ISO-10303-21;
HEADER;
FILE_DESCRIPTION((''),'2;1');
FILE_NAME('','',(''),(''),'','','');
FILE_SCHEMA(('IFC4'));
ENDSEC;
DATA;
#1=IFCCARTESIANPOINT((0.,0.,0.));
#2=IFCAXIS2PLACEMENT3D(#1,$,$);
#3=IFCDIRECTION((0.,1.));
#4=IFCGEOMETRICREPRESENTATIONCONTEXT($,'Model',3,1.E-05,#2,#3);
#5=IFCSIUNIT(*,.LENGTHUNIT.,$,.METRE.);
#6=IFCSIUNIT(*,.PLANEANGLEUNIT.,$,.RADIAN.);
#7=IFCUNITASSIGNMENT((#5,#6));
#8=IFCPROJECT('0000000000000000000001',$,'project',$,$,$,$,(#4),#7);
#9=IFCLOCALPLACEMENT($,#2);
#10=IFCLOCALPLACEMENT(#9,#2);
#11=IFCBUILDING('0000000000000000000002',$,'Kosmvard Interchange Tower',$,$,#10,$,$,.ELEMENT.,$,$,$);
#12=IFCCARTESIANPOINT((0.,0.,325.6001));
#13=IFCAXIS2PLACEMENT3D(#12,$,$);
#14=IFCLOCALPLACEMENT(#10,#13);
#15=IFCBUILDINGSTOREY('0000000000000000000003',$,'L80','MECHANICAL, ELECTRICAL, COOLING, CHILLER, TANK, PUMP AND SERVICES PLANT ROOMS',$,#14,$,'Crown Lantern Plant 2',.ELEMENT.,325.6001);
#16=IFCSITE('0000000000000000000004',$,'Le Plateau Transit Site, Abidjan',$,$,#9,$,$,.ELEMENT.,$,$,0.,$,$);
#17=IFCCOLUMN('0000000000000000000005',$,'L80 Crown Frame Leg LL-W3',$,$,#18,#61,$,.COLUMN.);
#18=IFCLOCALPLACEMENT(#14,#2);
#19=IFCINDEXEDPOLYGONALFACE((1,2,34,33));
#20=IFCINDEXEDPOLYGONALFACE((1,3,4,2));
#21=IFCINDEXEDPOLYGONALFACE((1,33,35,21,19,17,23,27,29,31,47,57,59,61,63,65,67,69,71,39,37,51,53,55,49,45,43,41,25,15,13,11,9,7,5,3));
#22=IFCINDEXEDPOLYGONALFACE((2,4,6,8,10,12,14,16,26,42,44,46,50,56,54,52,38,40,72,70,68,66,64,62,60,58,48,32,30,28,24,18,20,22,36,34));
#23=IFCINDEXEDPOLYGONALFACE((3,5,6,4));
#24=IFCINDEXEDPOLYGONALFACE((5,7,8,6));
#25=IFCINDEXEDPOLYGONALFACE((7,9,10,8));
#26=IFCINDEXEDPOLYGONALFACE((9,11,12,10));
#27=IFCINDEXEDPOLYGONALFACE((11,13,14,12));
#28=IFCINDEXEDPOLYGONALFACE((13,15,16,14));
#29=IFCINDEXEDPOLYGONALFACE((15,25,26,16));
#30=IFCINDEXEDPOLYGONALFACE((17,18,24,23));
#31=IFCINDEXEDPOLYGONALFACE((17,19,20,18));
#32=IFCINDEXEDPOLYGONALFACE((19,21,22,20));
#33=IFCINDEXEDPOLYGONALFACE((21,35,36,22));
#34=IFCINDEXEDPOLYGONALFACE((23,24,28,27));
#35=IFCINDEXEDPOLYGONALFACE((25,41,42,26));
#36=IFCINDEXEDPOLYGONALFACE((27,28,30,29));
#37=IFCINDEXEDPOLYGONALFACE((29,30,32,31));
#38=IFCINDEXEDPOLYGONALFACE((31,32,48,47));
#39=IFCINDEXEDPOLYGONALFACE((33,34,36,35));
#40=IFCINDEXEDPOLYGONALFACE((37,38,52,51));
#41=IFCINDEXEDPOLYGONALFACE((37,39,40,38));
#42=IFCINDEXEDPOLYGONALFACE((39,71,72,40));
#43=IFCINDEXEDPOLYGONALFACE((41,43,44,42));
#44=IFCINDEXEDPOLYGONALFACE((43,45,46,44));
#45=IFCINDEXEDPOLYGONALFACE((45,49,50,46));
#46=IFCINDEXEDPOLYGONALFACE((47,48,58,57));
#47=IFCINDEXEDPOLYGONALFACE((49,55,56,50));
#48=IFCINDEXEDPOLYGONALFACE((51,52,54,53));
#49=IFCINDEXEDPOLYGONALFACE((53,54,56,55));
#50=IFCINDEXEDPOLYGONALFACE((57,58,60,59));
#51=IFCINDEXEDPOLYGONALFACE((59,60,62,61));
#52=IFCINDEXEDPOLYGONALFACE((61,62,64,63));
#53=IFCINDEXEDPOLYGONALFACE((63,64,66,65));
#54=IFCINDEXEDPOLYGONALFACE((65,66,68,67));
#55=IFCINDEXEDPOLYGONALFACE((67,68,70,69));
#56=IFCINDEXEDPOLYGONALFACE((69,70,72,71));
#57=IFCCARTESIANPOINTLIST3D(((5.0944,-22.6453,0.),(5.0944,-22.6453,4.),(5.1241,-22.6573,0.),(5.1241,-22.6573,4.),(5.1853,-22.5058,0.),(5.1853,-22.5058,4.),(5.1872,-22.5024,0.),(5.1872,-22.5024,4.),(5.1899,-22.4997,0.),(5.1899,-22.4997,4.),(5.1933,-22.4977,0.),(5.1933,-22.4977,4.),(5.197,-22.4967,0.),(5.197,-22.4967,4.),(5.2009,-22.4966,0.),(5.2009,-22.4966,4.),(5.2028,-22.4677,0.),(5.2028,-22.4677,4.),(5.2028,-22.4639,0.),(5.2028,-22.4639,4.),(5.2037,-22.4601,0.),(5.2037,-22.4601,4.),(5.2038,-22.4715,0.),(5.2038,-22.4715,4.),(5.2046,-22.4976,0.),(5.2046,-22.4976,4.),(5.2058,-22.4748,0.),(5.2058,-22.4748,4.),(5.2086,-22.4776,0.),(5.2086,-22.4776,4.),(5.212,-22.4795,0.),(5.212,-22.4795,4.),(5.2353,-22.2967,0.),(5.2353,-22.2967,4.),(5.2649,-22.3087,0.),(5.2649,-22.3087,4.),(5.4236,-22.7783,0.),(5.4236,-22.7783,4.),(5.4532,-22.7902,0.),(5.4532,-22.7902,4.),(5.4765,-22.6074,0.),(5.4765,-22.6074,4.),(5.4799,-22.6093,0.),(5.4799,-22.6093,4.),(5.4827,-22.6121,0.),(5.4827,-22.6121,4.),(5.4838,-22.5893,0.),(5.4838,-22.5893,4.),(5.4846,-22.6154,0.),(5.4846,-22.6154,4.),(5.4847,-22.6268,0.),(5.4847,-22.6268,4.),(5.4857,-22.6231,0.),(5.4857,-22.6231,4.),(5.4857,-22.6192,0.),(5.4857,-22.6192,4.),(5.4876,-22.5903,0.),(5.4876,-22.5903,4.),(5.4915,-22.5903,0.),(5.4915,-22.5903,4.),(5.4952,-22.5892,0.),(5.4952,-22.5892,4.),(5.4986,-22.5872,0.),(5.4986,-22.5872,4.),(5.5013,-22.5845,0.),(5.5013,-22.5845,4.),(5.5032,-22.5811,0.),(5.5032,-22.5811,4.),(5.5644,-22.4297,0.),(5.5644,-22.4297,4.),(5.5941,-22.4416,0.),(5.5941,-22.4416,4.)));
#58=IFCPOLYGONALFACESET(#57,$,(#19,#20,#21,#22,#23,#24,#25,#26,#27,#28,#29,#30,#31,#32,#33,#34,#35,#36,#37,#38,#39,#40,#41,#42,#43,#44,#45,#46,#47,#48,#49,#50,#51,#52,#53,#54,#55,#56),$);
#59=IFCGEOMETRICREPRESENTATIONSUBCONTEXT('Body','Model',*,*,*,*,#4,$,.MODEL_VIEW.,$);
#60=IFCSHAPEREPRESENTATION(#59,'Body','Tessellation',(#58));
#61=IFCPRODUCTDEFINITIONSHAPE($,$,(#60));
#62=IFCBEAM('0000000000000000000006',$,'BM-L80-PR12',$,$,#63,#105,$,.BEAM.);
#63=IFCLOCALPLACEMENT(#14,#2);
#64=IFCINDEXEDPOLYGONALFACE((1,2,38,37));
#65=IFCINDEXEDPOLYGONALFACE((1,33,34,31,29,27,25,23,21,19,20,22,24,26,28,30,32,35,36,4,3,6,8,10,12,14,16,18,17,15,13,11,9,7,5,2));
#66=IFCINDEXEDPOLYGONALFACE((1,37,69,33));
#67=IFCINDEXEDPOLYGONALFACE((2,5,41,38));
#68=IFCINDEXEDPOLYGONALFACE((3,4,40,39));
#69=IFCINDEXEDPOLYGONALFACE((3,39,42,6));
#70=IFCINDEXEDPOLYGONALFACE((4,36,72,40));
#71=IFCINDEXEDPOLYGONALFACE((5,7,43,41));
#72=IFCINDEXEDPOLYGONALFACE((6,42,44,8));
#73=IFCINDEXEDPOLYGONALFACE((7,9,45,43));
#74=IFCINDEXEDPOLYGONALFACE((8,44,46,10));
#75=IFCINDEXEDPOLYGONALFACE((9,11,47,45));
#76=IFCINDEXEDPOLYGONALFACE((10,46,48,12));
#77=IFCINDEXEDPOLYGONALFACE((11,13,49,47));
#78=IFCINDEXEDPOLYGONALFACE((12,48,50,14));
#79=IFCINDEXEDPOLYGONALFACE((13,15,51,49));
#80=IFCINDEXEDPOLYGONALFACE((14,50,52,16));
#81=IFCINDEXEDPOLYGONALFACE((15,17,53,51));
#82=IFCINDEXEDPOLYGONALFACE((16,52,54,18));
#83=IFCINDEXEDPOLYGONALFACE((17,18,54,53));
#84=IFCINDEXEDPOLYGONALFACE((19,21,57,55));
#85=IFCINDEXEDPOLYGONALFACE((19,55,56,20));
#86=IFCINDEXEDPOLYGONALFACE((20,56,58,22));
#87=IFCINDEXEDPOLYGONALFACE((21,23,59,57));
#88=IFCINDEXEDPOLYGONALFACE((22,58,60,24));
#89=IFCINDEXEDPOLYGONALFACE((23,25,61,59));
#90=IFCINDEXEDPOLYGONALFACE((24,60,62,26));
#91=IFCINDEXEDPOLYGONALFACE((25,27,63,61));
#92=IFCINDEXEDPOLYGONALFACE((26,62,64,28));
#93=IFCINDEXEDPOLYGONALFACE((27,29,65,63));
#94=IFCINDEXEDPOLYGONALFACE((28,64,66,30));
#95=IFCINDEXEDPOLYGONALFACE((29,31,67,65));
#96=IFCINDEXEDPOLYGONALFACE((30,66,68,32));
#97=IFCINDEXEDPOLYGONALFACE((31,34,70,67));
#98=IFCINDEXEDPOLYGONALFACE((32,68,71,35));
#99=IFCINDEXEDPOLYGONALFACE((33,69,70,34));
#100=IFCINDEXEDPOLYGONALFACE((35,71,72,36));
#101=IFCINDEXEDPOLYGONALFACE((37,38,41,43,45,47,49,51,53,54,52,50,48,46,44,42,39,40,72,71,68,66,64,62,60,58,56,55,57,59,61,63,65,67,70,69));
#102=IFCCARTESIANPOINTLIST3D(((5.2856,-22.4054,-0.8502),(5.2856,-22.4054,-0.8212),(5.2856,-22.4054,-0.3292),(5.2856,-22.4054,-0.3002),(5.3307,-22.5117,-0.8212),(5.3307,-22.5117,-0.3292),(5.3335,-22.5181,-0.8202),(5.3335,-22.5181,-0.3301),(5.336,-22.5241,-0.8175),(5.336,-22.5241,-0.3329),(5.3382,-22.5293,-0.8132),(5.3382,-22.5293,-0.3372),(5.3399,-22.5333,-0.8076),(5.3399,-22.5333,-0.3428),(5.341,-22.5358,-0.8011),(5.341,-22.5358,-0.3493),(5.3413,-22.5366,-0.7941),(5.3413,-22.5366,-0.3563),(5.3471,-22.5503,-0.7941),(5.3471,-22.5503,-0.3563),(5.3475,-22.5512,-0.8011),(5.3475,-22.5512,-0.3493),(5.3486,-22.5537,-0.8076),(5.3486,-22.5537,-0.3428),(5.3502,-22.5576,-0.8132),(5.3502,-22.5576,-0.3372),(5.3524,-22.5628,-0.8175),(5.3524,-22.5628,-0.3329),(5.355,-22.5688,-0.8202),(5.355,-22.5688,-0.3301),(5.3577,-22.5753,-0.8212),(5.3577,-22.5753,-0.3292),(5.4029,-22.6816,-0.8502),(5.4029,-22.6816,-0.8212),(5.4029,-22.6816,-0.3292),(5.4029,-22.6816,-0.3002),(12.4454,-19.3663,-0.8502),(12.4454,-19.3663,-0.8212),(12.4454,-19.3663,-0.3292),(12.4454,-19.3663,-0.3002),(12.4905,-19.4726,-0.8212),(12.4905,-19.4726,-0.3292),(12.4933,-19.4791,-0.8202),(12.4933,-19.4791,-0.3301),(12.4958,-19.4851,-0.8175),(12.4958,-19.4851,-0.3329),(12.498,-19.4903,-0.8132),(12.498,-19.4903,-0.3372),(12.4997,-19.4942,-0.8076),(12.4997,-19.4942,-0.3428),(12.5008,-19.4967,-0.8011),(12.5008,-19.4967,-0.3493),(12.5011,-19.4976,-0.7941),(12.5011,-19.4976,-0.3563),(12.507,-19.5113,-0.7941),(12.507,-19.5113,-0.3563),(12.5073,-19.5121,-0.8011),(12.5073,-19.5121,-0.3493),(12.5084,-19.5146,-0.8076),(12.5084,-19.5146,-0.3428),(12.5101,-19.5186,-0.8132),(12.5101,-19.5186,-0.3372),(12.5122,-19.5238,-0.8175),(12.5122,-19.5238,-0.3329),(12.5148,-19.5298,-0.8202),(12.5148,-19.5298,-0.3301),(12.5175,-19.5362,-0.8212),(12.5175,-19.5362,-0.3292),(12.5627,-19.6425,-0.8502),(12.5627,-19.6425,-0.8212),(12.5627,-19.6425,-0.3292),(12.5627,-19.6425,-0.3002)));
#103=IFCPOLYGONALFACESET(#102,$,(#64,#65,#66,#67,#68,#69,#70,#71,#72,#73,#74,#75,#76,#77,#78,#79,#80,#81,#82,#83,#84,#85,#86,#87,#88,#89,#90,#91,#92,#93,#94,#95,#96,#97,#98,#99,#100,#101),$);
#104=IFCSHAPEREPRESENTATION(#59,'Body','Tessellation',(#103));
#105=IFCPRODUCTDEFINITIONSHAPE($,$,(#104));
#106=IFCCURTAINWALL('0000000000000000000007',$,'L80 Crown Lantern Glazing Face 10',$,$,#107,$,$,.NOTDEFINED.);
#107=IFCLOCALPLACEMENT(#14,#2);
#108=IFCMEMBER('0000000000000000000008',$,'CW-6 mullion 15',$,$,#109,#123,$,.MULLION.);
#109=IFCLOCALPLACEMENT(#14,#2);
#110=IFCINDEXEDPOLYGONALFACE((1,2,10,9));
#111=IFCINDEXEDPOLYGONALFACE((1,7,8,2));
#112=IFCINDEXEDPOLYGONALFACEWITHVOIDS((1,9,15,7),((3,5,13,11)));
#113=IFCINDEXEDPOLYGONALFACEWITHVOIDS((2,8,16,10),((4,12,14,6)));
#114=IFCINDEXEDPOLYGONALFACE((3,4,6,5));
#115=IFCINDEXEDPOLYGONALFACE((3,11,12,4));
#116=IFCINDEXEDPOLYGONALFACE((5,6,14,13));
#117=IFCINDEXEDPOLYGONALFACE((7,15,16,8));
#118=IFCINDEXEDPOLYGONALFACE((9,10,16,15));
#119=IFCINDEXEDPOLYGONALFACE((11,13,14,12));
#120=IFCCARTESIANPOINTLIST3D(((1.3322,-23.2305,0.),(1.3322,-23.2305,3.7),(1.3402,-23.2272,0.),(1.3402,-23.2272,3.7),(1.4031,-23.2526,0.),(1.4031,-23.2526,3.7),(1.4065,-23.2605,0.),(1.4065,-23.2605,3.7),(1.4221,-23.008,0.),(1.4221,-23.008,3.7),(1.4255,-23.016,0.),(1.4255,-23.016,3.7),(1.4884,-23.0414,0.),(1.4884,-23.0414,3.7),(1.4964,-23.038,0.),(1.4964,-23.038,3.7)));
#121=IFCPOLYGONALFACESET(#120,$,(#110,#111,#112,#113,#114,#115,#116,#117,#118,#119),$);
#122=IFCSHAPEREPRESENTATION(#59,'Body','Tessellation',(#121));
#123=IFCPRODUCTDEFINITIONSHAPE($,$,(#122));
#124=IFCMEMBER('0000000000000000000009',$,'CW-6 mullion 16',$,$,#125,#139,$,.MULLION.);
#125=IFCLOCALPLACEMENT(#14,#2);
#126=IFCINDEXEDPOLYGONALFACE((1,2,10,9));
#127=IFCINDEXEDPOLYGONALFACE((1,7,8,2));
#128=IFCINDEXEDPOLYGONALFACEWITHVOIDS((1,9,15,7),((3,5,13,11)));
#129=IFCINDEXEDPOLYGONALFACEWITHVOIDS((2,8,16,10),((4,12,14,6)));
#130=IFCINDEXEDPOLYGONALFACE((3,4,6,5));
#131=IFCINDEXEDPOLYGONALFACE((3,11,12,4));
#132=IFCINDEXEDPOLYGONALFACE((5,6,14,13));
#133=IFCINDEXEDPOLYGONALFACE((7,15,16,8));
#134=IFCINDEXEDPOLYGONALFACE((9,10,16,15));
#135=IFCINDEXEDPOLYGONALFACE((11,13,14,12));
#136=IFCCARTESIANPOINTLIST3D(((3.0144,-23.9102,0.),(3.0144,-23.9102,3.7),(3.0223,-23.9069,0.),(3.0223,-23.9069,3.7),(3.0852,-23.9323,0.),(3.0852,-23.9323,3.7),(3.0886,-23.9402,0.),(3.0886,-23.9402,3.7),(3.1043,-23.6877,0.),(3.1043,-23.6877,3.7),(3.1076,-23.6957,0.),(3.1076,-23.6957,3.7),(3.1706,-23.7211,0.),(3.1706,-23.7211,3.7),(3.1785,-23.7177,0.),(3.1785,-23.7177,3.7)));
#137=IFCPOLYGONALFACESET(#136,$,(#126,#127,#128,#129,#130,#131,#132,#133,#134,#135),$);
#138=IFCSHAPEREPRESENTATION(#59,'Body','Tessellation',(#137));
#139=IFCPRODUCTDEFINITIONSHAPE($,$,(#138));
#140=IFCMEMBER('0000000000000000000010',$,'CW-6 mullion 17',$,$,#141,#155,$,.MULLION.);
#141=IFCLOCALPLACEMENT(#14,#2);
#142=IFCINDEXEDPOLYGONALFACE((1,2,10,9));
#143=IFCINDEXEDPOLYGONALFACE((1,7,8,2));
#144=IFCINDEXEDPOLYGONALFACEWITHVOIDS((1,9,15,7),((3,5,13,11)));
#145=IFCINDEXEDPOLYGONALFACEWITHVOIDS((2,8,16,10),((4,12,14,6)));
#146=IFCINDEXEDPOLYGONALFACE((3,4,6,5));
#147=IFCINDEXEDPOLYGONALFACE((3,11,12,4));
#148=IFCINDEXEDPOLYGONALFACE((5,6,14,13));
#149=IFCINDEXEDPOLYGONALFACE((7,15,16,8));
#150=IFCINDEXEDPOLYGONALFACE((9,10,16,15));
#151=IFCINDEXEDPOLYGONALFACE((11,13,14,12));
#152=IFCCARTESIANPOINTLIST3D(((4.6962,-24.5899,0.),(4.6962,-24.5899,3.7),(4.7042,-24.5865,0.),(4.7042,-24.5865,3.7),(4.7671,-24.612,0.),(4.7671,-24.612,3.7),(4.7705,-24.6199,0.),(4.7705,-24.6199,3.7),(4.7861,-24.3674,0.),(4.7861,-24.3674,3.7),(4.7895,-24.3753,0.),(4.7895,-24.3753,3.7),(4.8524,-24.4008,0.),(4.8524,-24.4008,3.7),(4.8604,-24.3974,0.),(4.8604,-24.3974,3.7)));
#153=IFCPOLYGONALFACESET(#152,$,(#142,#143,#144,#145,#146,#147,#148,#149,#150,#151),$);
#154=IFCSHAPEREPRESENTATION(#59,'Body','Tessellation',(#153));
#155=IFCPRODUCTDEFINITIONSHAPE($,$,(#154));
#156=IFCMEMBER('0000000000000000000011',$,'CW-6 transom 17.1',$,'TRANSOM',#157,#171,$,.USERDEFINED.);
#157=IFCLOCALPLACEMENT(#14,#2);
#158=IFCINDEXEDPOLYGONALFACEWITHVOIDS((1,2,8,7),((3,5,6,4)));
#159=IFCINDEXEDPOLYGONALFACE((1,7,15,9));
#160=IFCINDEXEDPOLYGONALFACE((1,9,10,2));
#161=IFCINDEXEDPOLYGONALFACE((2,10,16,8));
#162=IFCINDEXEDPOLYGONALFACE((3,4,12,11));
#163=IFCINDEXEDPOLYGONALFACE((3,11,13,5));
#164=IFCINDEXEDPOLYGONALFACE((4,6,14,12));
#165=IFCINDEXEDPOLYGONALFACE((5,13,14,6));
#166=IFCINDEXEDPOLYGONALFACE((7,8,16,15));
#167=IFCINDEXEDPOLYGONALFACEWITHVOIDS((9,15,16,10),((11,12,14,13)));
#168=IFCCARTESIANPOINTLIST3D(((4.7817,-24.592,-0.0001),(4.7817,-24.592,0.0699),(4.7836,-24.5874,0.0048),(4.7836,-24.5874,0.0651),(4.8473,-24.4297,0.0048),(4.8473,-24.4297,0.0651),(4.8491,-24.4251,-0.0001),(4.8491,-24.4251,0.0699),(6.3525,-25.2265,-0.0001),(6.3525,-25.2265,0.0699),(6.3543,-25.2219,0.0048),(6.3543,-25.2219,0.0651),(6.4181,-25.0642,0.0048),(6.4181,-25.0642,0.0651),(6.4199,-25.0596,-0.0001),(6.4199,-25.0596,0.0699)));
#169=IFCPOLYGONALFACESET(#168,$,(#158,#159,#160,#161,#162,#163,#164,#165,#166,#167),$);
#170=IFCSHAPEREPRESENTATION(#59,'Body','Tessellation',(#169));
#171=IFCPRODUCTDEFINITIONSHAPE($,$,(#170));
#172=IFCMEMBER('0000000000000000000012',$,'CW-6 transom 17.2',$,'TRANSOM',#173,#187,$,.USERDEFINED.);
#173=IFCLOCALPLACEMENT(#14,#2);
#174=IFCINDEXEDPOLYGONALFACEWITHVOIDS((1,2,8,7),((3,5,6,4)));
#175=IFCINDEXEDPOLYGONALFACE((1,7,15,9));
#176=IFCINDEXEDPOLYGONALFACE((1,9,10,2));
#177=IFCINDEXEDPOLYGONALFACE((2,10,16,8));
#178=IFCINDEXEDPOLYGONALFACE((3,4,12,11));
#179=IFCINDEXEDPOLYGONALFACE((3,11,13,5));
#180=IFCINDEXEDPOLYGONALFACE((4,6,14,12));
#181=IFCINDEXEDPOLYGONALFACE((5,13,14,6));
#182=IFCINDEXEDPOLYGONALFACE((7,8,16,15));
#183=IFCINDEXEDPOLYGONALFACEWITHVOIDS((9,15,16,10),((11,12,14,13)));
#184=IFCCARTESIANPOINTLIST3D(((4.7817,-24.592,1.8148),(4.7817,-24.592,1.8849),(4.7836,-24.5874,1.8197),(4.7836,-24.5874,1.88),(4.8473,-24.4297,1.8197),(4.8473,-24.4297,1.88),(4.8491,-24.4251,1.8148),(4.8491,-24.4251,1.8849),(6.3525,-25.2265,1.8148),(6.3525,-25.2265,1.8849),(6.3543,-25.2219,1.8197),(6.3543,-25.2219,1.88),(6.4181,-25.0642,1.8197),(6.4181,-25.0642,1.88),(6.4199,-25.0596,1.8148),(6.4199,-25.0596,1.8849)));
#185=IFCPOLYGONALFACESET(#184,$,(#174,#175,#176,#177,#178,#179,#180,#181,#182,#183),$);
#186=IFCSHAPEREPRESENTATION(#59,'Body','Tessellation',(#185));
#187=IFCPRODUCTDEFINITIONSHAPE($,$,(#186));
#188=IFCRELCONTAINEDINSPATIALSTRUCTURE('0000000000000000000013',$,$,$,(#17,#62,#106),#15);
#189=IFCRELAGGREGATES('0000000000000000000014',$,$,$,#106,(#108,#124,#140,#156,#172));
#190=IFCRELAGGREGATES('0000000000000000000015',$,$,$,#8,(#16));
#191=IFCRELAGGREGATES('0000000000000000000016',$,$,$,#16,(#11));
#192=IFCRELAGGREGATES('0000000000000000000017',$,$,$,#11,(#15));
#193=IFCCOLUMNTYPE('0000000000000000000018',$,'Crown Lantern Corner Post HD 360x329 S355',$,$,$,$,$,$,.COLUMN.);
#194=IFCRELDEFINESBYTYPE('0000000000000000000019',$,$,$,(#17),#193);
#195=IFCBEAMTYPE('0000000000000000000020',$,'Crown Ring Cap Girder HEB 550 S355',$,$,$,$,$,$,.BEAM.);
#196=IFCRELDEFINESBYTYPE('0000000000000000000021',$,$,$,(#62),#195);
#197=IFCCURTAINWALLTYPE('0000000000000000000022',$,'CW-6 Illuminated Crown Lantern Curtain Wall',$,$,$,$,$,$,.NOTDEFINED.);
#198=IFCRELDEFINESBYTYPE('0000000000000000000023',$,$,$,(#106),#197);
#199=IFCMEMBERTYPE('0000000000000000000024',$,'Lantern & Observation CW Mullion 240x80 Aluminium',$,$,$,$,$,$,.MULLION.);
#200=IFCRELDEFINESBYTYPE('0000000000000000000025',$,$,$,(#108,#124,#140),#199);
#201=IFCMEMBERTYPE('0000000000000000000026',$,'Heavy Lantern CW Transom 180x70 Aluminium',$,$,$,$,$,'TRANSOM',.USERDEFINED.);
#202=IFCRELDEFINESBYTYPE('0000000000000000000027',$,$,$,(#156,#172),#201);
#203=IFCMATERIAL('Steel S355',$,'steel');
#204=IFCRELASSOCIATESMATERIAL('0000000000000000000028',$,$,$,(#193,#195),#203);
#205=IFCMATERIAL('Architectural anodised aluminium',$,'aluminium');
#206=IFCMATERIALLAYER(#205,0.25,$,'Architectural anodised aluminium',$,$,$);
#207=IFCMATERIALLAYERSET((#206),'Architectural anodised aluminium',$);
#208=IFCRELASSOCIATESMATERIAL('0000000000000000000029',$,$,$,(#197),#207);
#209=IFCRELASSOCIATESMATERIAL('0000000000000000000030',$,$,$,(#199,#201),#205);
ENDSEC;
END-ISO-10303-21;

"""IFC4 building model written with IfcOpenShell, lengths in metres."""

from ifc_helpers import new_model, si_unit, direction, frame, origin, origin_2d, place, context, subcontext, project, spatial, hollow_rectangle, i_section, extrude, source, transform, mapped, material, layer, layer_set, material_profile, profile_set, type_object, element, aggregate, save


model = new_model("IFC4")

# Units and contexts
model_context = context("Model", 3, precision=1e-05, world=origin(), true_north=direction((0.0, 1.0)))
body_context = subcontext(model_context, "Body", "Model", "MODEL_VIEW")
ifc_project = project(units=[si_unit("LENGTHUNIT", "METRE"), si_unit("PLANEANGLEUNIT", "RADIAN")], contexts=[model_context])

# Site, building, storey
site_placement = place(None, origin())
site = spatial("IfcSite", under=ifc_project, at=site_placement, Name="Le Plateau Transit Site, Abidjan", CompositionType="ELEMENT", RefElevation=0.0)
building_placement = place(site_placement, origin())
building = spatial("IfcBuilding", under=site, at=building_placement, Name="Kosmvard Interchange Tower", CompositionType="ELEMENT")
storey_placement = place(building_placement, frame((0.0, 0.0, 325.6001)))
storey = spatial("IfcBuildingStorey", under=building, at=storey_placement, Name="L80", Description="MECHANICAL, ELECTRICAL, COOLING, CHILLER, TANK, PUMP AND SERVICES PLANT ROOMS", LongName="Crown Lantern Plant 2", CompositionType="ELEMENT", Elevation=325.6001)

# Column
ifc_material_1 = material(Name="Steel S355", Category="steel")
ifc_material_profile_1 = material_profile(ifc_material_1, i_section(OverallWidth=0.376, OverallDepth=0.387, WebThickness=0.0195, FlangeThickness=0.032, FilletRadius=0.0149, at=origin_2d()), Name="HD 360x329")
ifc_profile_set_1 = profile_set([ifc_material_profile_1], Name="Steel S355")
column_type = type_object("IfcColumnType", Name="Crown Lantern Corner Post HD 360x329 S355", PredefinedType="COLUMN", material=ifc_profile_set_1)
shared_shape_1 = source(origin(), body_context, "Body", "SweptSolid", [
    extrude(i_section(OverallWidth=0.376, OverallDepth=0.387, WebThickness=0.0195, FlangeThickness=0.032, FilletRadius=0.0149, at=origin_2d()), origin(), (0.0, 0.0, 1.0), 4.0),
])
column_placement = place(storey_placement, frame((5.3442, -22.5435, 0.0), z_axis=(0.0, 0.0, 1.0), x_axis=(0.374607, 0.927184, 0.0)))
element("IfcColumn", 1, at=column_placement, inside=storey, type_object=column_type, Name="L80 Crown Frame Leg LL-W3", PredefinedType="COLUMN", context=body_context, shape_type="MappedRepresentation", body=[
    mapped(shared_shape_1, transform((0.0, 0.0, 0.0), scale=1.0)),
])

# Beam
ifc_material_profile_2 = material_profile(ifc_material_1, i_section(OverallWidth=0.3, OverallDepth=0.55, WebThickness=0.0149, FlangeThickness=0.0291, FilletRadius=0.0271, at=origin_2d()), Name="HEB 550")
ifc_profile_set_2 = profile_set([ifc_material_profile_2], Name="Steel S355")
beam_type = type_object("IfcBeamType", Name="Crown Ring Cap Girder HEB 550 S355", PredefinedType="BEAM", material=ifc_profile_set_2)
shared_shape_2 = source(origin(), body_context, "Body", "SweptSolid", [
    extrude(i_section(OverallWidth=0.3, OverallDepth=0.55, WebThickness=0.0149, FlangeThickness=0.0291, FilletRadius=0.0271, at=origin_2d()), origin(), (0.0, 0.0, 1.0), 7.7781),
])
beam_placement = place(storey_placement, frame((5.3442, -22.5435, -0.5752), z_axis=(0.920511, 0.390716, 0.0), x_axis=(-0.390716, 0.920511, 0.0)))
element("IfcBeam", 2, at=beam_placement, inside=storey, type_object=beam_type, Name="BM-L80-PR12", PredefinedType="BEAM", context=body_context, shape_type="MappedRepresentation", body=[
    mapped(shared_shape_2, transform((0.0, 0.0, 0.0), scale=1.0)),
])

# Curtain wall, members
ifc_material_2 = material(Name="Architectural anodised aluminium", Category="aluminium")
ifc_layer_1 = layer(ifc_material_2, 0.25, Name="Architectural anodised aluminium")
ifc_layer_set_1 = layer_set([ifc_layer_1], Name="Architectural anodised aluminium")
curtain_wall_type = type_object("IfcCurtainWallType", Name="CW-6 Illuminated Crown Lantern Curtain Wall", PredefinedType="NOTDEFINED", material=ifc_layer_set_1)
curtain_wall_placement = place(storey_placement, origin())
curtain_wall = element("IfcCurtainWall", 3, at=curtain_wall_placement, inside=storey, type_object=curtain_wall_type, Name="L80 Crown Lantern Glazing Face 10", PredefinedType="NOTDEFINED")
ifc_material_profile_3 = material_profile(ifc_material_2, hollow_rectangle(XDim=0.24, YDim=0.0801, WallThickness=0.0061, at=origin_2d()), Name="CWM 240x80x6")
ifc_profile_set_3 = profile_set([ifc_material_profile_3], Name="Architectural anodised aluminium")
member_type_1 = type_object("IfcMemberType", Name="Lantern & Observation CW Mullion 240x80 Aluminium", PredefinedType="MULLION", material=ifc_profile_set_3)
shared_shape_3 = source(origin(), body_context, "Body", "SweptSolid", [
    extrude(hollow_rectangle(XDim=0.24, YDim=0.0801, WallThickness=0.0061, at=origin_2d()), origin(), (0.0, 0.0, 1.0), 3.7),
])
member_1_placement = place(storey_placement, frame((1.4143, -23.1343, 0.0), z_axis=(0.0, 0.0, 1.0), x_axis=(0.374607, 0.927184, 0.0)))
member_1 = element("IfcMember", 4, at=member_1_placement, type_object=member_type_1, Name="CW-6 mullion 15", PredefinedType="MULLION", context=body_context, shape_type="MappedRepresentation", body=[
    mapped(shared_shape_3, transform((0.0, 0.0, 0.0), scale=1.0)),
])
member_2_placement = place(storey_placement, frame((3.0964, -23.814, 0.0), z_axis=(0.0, 0.0, 1.0), x_axis=(0.374607, 0.927184, 0.0)))
member_2 = element("IfcMember", 5, at=member_2_placement, type_object=member_type_1, Name="CW-6 mullion 16", PredefinedType="MULLION", context=body_context, shape_type="MappedRepresentation", body=[
    mapped(shared_shape_3, transform((0.0, 0.0, 0.0), scale=1.0)),
])
member_3_placement = place(storey_placement, frame((4.7783, -24.4937, 0.0), z_axis=(0.0, 0.0, 1.0), x_axis=(0.374607, 0.927184, 0.0)))
member_3 = element("IfcMember", 6, at=member_3_placement, type_object=member_type_1, Name="CW-6 mullion 17", PredefinedType="MULLION", context=body_context, shape_type="MappedRepresentation", body=[
    mapped(shared_shape_3, transform((0.0, 0.0, 0.0), scale=1.0)),
])
ifc_material_profile_4 = material_profile(ifc_material_2, hollow_rectangle(XDim=0.1799, YDim=0.0701, WallThickness=0.0049, at=origin_2d()), Name="CWT 180x70x5")
ifc_profile_set_4 = profile_set([ifc_material_profile_4], Name="Architectural anodised aluminium")
member_type_2 = type_object("IfcMemberType", Name="Heavy Lantern CW Transom 180x70 Aluminium", ElementType="TRANSOM", PredefinedType="USERDEFINED", material=ifc_profile_set_4)
shared_shape_4 = source(origin(), body_context, "Body", "SweptSolid", [
    extrude(hollow_rectangle(XDim=0.1799, YDim=0.0701, WallThickness=0.0049, at=origin_2d()), origin(), (0.0, 0.0, 1.0), 1.6941),
])
member_4_placement = place(storey_placement, frame((4.8154, -24.5085, 0.0349), z_axis=(0.927209, -0.374544, 0.0), x_axis=(0.374544, 0.927209, 0.0)))
member_4 = element("IfcMember", 7, at=member_4_placement, type_object=member_type_2, Name="CW-6 transom 17.1", ObjectType="TRANSOM", PredefinedType="USERDEFINED", context=body_context, shape_type="MappedRepresentation", body=[
    mapped(shared_shape_4, transform((0.0, 0.0, 0.0), scale=1.0)),
])
member_5_placement = place(storey_placement, frame((4.8154, -24.5085, 1.8499), z_axis=(0.927209, -0.374544, 0.0), x_axis=(0.374544, 0.927209, 0.0)))
member_5 = element("IfcMember", 8, at=member_5_placement, type_object=member_type_2, Name="CW-6 transom 17.2", ObjectType="TRANSOM", PredefinedType="USERDEFINED", context=body_context, shape_type="MappedRepresentation", body=[
    mapped(shared_shape_4, transform((0.0, 0.0, 0.0), scale=1.0)),
])

aggregate(curtain_wall, [member_1, member_2, member_3, member_4, member_5])

save(model, "model.ifc")
